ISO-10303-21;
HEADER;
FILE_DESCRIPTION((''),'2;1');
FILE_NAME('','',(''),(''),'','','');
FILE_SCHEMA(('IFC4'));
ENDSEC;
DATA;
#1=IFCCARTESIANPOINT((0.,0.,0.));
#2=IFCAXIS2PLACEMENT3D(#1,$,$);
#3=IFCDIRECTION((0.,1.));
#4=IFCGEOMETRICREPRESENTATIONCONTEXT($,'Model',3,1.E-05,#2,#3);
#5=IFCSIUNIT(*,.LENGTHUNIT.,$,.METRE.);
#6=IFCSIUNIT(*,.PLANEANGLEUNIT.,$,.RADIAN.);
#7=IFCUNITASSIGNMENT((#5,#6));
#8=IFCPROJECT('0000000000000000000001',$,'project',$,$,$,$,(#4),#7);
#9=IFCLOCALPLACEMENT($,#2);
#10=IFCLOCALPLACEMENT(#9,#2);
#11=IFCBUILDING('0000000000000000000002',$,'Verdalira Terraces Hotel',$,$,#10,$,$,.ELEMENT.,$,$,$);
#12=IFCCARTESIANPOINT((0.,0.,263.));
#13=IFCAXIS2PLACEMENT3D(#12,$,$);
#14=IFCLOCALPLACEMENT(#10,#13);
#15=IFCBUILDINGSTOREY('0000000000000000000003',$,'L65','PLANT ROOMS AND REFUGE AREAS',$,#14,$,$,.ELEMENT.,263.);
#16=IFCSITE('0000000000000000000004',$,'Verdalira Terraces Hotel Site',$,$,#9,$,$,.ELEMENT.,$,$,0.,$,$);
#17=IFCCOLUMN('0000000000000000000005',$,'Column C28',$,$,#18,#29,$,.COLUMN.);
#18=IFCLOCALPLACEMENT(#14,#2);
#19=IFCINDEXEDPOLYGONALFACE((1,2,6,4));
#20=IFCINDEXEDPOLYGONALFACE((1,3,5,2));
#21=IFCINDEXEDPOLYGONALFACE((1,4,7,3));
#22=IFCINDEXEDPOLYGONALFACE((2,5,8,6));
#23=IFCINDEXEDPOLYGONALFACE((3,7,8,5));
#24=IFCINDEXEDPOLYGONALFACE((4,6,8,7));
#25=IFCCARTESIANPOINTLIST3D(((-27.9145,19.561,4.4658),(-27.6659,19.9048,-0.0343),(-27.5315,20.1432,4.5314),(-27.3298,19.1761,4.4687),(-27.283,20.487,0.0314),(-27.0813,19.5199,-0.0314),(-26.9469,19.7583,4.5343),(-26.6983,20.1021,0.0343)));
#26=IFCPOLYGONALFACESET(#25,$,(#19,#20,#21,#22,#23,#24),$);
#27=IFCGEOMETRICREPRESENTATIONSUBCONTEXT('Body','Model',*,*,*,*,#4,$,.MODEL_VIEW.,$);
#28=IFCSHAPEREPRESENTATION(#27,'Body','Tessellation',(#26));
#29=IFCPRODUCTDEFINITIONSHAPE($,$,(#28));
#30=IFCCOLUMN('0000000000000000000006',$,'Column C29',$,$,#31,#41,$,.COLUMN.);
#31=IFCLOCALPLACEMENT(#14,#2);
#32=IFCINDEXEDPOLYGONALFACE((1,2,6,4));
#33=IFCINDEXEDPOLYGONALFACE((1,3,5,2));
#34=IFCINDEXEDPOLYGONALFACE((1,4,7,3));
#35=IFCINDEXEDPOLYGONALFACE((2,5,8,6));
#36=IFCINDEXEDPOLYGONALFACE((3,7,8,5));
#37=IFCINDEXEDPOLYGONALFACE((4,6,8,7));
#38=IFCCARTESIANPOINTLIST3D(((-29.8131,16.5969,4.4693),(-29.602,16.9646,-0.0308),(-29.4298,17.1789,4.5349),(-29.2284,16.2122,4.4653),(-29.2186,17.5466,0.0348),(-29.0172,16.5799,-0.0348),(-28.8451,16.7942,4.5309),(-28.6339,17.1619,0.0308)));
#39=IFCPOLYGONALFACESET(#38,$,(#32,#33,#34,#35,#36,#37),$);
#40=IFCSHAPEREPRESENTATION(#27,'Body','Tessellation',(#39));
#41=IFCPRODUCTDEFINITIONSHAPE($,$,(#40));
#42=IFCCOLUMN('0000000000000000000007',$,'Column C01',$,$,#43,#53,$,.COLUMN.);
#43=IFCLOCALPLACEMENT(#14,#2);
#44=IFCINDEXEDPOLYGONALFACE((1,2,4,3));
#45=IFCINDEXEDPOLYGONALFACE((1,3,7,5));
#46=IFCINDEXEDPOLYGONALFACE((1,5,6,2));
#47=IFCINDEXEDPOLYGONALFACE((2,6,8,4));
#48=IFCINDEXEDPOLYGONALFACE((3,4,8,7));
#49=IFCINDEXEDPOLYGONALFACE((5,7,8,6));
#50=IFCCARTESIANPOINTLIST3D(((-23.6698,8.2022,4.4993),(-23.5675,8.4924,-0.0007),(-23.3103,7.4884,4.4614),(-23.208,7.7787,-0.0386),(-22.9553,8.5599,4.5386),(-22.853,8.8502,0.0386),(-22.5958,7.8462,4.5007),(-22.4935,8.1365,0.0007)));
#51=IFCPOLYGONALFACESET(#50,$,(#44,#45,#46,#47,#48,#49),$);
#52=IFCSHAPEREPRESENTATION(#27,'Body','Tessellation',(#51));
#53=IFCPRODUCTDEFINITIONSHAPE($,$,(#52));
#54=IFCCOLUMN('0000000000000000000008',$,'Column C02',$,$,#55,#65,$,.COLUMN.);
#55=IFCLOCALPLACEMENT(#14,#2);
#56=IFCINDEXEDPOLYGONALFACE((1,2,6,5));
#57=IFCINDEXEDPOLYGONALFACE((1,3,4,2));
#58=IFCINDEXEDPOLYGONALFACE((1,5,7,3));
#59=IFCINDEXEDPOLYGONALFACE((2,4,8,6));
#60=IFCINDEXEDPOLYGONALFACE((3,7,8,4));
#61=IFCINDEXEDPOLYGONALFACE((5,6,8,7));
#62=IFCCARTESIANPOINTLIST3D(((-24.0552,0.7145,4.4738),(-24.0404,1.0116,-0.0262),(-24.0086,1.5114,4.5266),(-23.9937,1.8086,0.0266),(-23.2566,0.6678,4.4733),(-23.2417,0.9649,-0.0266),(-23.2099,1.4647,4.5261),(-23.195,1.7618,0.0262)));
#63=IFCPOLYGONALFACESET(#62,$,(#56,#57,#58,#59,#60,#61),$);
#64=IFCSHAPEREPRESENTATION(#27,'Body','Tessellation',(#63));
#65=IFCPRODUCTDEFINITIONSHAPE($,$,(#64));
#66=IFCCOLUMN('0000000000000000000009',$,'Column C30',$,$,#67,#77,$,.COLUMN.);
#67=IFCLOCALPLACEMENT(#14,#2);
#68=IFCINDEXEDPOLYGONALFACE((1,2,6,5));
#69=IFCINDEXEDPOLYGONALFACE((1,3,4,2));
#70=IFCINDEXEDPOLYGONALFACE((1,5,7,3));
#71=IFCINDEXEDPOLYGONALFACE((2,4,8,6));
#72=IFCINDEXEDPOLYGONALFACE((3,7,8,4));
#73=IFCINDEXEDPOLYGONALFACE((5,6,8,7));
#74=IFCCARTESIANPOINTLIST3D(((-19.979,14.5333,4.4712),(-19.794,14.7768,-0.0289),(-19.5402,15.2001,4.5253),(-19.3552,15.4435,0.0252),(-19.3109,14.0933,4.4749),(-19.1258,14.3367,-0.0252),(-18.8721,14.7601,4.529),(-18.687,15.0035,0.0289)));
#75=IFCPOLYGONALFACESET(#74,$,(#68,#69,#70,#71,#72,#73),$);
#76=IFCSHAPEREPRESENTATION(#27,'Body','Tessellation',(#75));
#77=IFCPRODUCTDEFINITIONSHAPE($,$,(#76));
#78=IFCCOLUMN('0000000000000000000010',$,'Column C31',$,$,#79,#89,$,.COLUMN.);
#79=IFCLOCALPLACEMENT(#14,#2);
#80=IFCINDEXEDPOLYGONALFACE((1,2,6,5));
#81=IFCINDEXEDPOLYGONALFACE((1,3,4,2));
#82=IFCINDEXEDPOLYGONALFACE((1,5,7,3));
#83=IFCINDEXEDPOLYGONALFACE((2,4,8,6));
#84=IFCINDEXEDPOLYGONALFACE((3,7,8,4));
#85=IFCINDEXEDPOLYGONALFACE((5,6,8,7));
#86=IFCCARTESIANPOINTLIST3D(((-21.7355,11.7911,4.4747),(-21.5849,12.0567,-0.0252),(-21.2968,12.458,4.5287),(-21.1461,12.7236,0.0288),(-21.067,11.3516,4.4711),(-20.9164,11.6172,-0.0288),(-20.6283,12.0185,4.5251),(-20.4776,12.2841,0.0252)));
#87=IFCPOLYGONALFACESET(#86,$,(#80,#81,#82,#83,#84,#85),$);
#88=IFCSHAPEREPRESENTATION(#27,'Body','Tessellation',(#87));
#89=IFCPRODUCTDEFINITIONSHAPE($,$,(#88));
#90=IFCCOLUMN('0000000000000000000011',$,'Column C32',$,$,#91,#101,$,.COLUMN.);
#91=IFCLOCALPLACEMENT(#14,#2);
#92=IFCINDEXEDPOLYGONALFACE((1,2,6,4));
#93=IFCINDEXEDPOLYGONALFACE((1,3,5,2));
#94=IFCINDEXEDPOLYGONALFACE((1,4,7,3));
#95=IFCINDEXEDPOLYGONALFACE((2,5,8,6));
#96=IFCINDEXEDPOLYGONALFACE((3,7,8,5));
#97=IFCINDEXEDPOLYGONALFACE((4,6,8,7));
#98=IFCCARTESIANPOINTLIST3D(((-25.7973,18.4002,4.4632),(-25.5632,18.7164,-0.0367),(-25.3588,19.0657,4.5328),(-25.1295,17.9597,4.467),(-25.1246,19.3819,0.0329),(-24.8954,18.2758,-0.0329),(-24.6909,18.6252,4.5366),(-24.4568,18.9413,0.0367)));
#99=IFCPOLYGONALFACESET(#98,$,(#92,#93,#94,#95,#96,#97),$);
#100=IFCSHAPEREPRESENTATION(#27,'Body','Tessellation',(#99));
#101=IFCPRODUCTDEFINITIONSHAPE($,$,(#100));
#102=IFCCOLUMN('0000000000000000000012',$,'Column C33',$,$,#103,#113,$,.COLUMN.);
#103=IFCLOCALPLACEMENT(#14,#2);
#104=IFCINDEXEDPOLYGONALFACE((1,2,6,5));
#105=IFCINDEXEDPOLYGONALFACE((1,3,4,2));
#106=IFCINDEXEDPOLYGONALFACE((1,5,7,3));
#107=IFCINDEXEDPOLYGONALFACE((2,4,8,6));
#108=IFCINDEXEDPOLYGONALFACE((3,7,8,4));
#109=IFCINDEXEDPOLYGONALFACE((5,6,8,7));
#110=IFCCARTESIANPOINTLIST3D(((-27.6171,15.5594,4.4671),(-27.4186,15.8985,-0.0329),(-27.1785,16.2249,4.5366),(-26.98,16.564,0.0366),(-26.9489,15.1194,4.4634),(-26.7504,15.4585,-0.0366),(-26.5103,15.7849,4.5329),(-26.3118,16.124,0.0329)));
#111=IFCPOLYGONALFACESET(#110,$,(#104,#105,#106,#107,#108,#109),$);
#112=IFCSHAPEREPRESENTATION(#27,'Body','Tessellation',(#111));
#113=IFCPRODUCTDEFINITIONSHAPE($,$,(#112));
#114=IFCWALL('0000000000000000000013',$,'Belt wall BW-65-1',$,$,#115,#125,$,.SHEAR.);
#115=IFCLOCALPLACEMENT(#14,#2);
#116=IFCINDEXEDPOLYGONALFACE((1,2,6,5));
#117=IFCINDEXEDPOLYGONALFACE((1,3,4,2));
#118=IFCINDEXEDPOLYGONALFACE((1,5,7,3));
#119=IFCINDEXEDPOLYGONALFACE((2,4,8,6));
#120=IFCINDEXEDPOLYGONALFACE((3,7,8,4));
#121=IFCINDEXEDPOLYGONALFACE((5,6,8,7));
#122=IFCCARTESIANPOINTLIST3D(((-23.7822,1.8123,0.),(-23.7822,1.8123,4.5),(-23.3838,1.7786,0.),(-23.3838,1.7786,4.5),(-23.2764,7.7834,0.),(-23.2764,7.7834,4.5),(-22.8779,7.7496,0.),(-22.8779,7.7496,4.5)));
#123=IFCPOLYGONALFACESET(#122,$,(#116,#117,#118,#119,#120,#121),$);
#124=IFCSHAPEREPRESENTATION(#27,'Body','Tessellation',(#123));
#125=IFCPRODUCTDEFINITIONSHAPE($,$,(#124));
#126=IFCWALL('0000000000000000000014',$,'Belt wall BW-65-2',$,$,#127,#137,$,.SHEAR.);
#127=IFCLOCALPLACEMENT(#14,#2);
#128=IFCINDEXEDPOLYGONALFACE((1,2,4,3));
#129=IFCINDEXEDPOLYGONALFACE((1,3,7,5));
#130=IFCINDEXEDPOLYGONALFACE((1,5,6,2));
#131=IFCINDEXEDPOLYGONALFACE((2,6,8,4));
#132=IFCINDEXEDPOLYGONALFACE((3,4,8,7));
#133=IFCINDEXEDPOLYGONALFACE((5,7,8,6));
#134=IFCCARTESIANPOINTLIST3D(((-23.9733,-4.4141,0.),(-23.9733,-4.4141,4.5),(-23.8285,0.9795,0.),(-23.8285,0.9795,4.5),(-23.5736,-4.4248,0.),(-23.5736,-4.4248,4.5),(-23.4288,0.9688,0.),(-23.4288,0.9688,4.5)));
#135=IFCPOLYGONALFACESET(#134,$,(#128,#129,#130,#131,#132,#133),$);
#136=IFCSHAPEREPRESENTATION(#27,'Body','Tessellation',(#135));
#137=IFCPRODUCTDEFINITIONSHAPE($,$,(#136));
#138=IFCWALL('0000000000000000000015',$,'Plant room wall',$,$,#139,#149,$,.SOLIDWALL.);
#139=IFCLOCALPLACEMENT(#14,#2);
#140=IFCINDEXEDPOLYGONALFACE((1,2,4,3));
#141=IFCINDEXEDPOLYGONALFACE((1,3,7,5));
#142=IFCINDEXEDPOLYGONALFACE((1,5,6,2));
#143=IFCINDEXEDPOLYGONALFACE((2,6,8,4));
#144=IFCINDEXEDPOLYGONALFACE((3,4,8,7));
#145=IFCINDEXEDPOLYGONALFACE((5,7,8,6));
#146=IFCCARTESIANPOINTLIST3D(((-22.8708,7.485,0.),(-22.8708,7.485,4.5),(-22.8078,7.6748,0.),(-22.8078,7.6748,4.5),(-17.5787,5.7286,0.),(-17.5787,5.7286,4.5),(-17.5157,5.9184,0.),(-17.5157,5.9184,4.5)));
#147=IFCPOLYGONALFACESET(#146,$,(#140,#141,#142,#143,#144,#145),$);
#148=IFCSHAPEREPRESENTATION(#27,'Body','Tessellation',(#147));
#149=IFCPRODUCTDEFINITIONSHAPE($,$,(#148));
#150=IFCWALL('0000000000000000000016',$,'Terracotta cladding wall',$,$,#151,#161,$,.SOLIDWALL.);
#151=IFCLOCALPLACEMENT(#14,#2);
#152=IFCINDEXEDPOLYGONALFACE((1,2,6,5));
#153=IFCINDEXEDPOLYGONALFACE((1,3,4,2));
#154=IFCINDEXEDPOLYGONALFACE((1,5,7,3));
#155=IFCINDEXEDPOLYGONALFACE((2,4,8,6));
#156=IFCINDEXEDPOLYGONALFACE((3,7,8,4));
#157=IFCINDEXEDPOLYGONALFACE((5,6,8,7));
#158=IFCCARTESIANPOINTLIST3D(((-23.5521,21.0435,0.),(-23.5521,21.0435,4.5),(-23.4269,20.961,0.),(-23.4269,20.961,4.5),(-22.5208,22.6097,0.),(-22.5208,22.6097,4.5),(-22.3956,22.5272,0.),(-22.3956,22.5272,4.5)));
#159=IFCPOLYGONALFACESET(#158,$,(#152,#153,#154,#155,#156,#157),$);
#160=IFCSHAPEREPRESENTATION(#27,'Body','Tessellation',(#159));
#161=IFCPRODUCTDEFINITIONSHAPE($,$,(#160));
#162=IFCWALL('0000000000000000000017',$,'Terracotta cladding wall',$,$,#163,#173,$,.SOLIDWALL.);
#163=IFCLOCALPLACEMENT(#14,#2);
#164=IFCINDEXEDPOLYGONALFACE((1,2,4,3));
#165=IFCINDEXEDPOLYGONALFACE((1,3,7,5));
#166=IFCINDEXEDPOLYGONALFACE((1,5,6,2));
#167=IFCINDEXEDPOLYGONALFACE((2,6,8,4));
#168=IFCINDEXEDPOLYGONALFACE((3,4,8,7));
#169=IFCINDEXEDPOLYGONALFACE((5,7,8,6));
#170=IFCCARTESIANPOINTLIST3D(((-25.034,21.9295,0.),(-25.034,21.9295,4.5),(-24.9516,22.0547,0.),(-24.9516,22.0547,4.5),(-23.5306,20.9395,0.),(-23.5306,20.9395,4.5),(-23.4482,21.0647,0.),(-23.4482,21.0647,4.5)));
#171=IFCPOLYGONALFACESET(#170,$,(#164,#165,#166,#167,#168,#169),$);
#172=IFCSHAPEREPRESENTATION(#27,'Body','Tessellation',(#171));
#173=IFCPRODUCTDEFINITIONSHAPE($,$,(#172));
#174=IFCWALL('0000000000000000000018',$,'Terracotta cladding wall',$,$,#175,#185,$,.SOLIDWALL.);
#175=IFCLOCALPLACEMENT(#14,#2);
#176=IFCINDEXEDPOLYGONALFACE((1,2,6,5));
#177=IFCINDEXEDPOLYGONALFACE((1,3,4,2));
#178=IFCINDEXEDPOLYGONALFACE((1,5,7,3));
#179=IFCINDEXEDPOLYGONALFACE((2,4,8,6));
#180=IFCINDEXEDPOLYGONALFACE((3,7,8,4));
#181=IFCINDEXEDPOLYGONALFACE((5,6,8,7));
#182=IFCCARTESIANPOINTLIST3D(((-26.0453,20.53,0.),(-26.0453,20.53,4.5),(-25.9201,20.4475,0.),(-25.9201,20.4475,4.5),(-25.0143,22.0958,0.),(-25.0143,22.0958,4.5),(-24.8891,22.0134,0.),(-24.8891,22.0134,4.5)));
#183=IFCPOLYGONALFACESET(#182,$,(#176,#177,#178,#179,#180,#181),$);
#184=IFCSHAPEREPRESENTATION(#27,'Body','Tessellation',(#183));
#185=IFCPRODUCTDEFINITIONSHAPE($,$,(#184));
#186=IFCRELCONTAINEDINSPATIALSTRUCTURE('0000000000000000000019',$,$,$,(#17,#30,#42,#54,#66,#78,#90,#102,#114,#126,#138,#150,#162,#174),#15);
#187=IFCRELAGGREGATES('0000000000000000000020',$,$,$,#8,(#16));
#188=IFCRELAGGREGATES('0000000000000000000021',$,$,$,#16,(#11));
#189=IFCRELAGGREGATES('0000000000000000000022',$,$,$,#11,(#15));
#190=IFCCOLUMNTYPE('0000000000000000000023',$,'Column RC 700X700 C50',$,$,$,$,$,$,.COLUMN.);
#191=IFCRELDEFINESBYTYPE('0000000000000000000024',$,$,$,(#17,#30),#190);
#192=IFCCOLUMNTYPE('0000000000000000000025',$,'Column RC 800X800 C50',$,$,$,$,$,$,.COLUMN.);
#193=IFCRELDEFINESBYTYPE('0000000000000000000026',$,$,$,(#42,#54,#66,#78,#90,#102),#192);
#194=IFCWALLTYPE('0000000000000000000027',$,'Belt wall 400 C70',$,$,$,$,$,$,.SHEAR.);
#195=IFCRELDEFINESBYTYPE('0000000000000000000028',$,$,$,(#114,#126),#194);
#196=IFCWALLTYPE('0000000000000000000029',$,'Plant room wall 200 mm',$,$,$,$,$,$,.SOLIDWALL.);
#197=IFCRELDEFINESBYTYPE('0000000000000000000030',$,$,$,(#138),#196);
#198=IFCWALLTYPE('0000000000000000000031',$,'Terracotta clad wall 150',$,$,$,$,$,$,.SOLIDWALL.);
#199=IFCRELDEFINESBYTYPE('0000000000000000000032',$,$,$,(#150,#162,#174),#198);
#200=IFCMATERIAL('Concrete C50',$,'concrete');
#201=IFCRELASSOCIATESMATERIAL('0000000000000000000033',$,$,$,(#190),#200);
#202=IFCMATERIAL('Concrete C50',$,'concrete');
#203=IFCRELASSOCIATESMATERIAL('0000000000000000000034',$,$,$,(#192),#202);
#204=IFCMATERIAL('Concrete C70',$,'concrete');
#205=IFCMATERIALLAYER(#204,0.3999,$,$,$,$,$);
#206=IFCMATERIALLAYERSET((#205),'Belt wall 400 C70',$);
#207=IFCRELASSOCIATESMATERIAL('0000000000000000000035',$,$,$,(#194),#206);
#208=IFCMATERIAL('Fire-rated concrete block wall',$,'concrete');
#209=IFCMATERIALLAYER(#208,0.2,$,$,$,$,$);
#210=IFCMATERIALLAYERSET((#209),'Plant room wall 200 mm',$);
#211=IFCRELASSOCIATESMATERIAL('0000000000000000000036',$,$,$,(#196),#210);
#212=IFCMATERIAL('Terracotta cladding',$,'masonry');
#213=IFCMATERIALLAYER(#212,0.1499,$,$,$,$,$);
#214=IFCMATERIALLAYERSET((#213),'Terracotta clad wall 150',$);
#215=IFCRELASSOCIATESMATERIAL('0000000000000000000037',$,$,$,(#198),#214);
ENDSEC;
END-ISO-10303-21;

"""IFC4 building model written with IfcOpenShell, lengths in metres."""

from ifc_helpers import new_model, si_unit, direction, frame, frame_2d, origin, origin_2d, place, context, subcontext, project, spatial, rectangle, extrude, material, layer, layer_set, material_profile, profile_set, type_object, element, save


model = new_model("IFC4")

# Units and contexts
model_context = context("Model", 3, precision=1e-05, world=origin(), true_north=direction((0.0, 1.0)))
body_context = subcontext(model_context, "Body", "Model", "MODEL_VIEW")
ifc_project = project(units=[si_unit("LENGTHUNIT", "METRE"), si_unit("PLANEANGLEUNIT", "RADIAN")], contexts=[model_context])

# Site, building, storey
site_placement = place(None, origin())
site = spatial("IfcSite", under=ifc_project, at=site_placement, Name="Verdalira Terraces Hotel Site", CompositionType="ELEMENT", RefElevation=0.0)
building_placement = place(site_placement, origin())
building = spatial("IfcBuilding", under=site, at=building_placement, Name="Verdalira Terraces Hotel", CompositionType="ELEMENT")
storey_placement = place(building_placement, frame((0.0, 0.0, 263.0)))
storey = spatial("IfcBuildingStorey", under=building, at=storey_placement, Name="L65", Description="PLANT ROOMS AND REFUGE AREAS", CompositionType="ELEMENT", Elevation=263.0)

# Columns
ifc_material_1 = material(Name="Concrete C50", Category="concrete")
ifc_material_profile_1 = material_profile(ifc_material_1, rectangle(XDim=0.7, YDim=0.7, at=origin_2d()), Name="RC 700X700")
ifc_profile_set_1 = profile_set([ifc_material_profile_1], Name="Concrete C50")
column_type_1 = type_object("IfcColumnType", Name="Column RC 700X700 C50", PredefinedType="COLUMN", material=ifc_profile_set_1)
for number, where, z_axis, x_axis, name in (
    (1, (-27.1821, 20.0034, 0.0), (-0.054986, -0.076052, 0.995587), (-0.547124, -0.831784, -0.093757), "Column C28"),
    (2, (-29.1179, 17.0632, 0.0), (-0.046722, -0.081345, 0.99559), (-0.547652, -0.83145, -0.093635), "Column C29"),
):
    element("IfcColumn", number, at=place(storey_placement, frame(where, z_axis=z_axis, x_axis=x_axis)), inside=storey, type_object=column_type_1, Name=name, PredefinedType="COLUMN", context=body_context, shape_type="SweptSolid", body=[
        extrude(rectangle(XDim=0.7, YDim=0.7, at=origin_2d()), origin(), (0.0, 0.0, 1.0), 4.52),
    ])
ifc_material_2 = material(Name="Concrete C50", Category="concrete")
ifc_material_profile_2 = material_profile(ifc_material_2, rectangle(XDim=0.8, YDim=0.8, at=origin_2d()), Name="RC 800X800")
ifc_profile_set_2 = profile_set([ifc_material_profile_2], Name="Concrete C50")
column_type_2 = type_object("IfcColumnType", Name="Column RC 800X800 C50", PredefinedType="COLUMN", material=ifc_profile_set_2)
column_1_placement = place(storey_placement, frame((-23.0305, 8.3145, 0.0), z_axis=(-0.022679, -0.064357, 0.997669), x_axis=(-0.449309, 0.892122, 0.047335)))
element("IfcColumn", 3, at=column_1_placement, inside=storey, type_object=column_type_2, Name="Column C01", PredefinedType="COLUMN", context=body_context, shape_type="SweptSolid", body=[
    extrude(rectangle(XDim=0.8, YDim=0.8, at=origin_2d()), origin(), (0.0, 0.0, 1.0), 4.5105),
])
column_2_placement = place(storey_placement, frame((-23.6177, 1.3867, 0.0), z_axis=(-0.003302, -0.065883, 0.997822), x_axis=(-0.058334, -0.996115, -0.065963)))
element("IfcColumn", 4, at=column_2_placement, inside=storey, type_object=column_type_2, Name="Column C02", PredefinedType="COLUMN", context=body_context, shape_type="SweptSolid", body=[
    extrude(rectangle(XDim=0.8, YDim=0.8, at=origin_2d()), origin(), (0.0, 0.0, 1.0), 4.5098),
])
column_3_placement = place(storey_placement, frame((-19.2405, 14.8901, 0.0), z_axis=(-0.04103, -0.053966, 0.997699), x_axis=(-0.835158, 0.54999, -0.004596)))
element("IfcColumn", 5, at=column_3_placement, inside=storey, type_object=column_type_2, Name="Column C30", PredefinedType="COLUMN", context=body_context, shape_type="SweptSolid", body=[
    extrude(rectangle(XDim=0.8, YDim=0.8, at=origin_2d()), origin(), (0.0, 0.0, 1.0), 4.5105),
])
column_4_placement = place(storey_placement, frame((-21.0312, 12.1704, 0.0), z_axis=(-0.033398, -0.058892, 0.997706), x_axis=(-0.835578, 0.549354, 0.004457)))
element("IfcColumn", 6, at=column_4_placement, inside=storey, type_object=column_type_2, Name="Column C31", PredefinedType="COLUMN", context=body_context, shape_type="SweptSolid", body=[
    extrude(rectangle(XDim=0.8, YDim=0.8, at=origin_2d()), origin(), (0.0, 0.0, 1.0), 4.5103),
])
for number, where, z_axis, x_axis, name in (
    (7, (-25.01, 18.8289, 0.0), (-0.051831, -0.069991, 0.9962), (-0.834734, 0.550633, -0.004744), "Column C32"),
    (8, (-26.8652, 16.0112, 0.0), (-0.043941, -0.075072, 0.996209), (-0.835187, 0.549946, 0.004604), "Column C33"),
):
    element("IfcColumn", number, at=place(storey_placement, frame(where, z_axis=z_axis, x_axis=x_axis)), inside=storey, type_object=column_type_2, Name=name, PredefinedType="COLUMN", context=body_context, shape_type="SweptSolid", body=[
        extrude(rectangle(XDim=0.8, YDim=0.8, at=origin_2d()), origin(), (0.0, 0.0, 1.0), 4.5171),
    ])

# Walls
ifc_material_3 = material(Name="Concrete C70", Category="concrete")
ifc_layer_1 = layer(ifc_material_3, 0.3999)
ifc_layer_set_1 = layer_set([ifc_layer_1], Name="Belt wall 400 C70")
wall_type_1 = type_object("IfcWallType", Name="Belt wall 400 C70", PredefinedType="SHEAR", material=ifc_layer_set_1)
wall_1_placement = place(storey_placement, frame((-23.0771, 7.7664, 0.0), z_axis=(0.0, 0.0, 1.0), x_axis=(-0.084418, -0.99643, 0.0)))
element("IfcWall", 9, at=wall_1_placement, inside=storey, type_object=wall_type_1, Name="Belt wall BW-65-1", PredefinedType="SHEAR", context=body_context, shape_type="SweptSolid", body=[
    extrude(rectangle(XDim=5.9924, YDim=0.3999, at=frame_2d((2.9961, 0.0))), origin(), (0.0, 0.0, 1.0), 4.5),
])
wall_2_placement = place(storey_placement, frame((-23.6287, 0.9741, 0.0), z_axis=(0.0, 0.0, 1.0), x_axis=(-0.026833, -0.99964, 0.0)))
element("IfcWall", 10, at=wall_2_placement, inside=storey, type_object=wall_type_1, Name="Belt wall BW-65-2", PredefinedType="SHEAR", context=body_context, shape_type="SweptSolid", body=[
    extrude(rectangle(XDim=5.3955, YDim=0.3999, at=frame_2d((2.6978, 0.0))), origin(), (0.0, 0.0, 1.0), 4.5),
])
ifc_material_4 = material(Name="Fire-rated concrete block wall", Category="concrete")
ifc_layer_2 = layer(ifc_material_4, 0.2)
ifc_layer_set_2 = layer_set([ifc_layer_2], Name="Plant room wall 200 mm")
wall_type_2 = type_object("IfcWallType", Name="Plant room wall 200 mm", PredefinedType="SOLIDWALL", material=ifc_layer_set_2)
wall_3_placement = place(storey_placement, frame((-17.5471, 5.8235, 0.0), z_axis=(0.0, 0.0, 1.0), x_axis=(-0.949094, 0.314993, 0.0)))
element("IfcWall", 11, at=wall_3_placement, inside=storey, type_object=wall_type_2, Name="Plant room wall", PredefinedType="SOLIDWALL", context=body_context, shape_type="SweptSolid", body=[
    extrude(rectangle(XDim=5.5759, YDim=0.2, at=frame_2d((2.7881, 0.0))), origin(), (0.0, 0.0, 1.0), 4.5),
])
ifc_material_5 = material(Name="Terracotta cladding", Category="masonry")
ifc_layer_3 = layer(ifc_material_5, 0.1499)
ifc_layer_set_3 = layer_set([ifc_layer_3], Name="Terracotta clad wall 150")
wall_type_3 = type_object("IfcWallType", Name="Terracotta clad wall 150", PredefinedType="SOLIDWALL", material=ifc_layer_set_3)
wall_4_placement = place(storey_placement, frame((-22.4583, 22.5684, 0.0), z_axis=(0.0, 0.0, 1.0), x_axis=(-0.549944, -0.835201, 0.0)))
element("IfcWall", 12, at=wall_4_placement, inside=storey, type_object=wall_type_3, Name="Terracotta cladding wall", PredefinedType="SOLIDWALL", context=body_context, shape_type="SweptSolid", body=[
    extrude(rectangle(XDim=1.8752, YDim=0.1499, at=frame_2d((0.9375, 0.0))), origin(), (0.0, 0.0, 1.0), 4.5),
])
wall_5_placement = place(storey_placement, frame((-23.4895, 21.0022, 0.0), z_axis=(0.0, 0.0, 1.0), x_axis=(-0.835188, 0.549965, 0.0)))
element("IfcWall", 13, at=wall_5_placement, inside=storey, type_object=wall_type_3, Name="Terracotta cladding wall", PredefinedType="SOLIDWALL", context=body_context, shape_type="SweptSolid", body=[
    extrude(rectangle(XDim=1.8, YDim=0.1499, at=frame_2d((0.8999, 0.0))), origin(), (0.0, 0.0, 1.0), 4.5),
])
wall_6_placement = place(storey_placement, frame((-24.9517, 22.0547, 0.0), z_axis=(0.0, 0.0, 1.0), x_axis=(-0.549913, -0.835222, 0.0)))
element("IfcWall", 14, at=wall_6_placement, inside=storey, type_object=wall_type_3, Name="Terracotta cladding wall", PredefinedType="SOLIDWALL", context=body_context, shape_type="SweptSolid", body=[
    extrude(rectangle(XDim=1.8748, YDim=0.1499, at=frame_2d((0.9375, 0.0))), origin(), (0.0, 0.0, 1.0), 4.5),
])

save(model, "model.ifc")
